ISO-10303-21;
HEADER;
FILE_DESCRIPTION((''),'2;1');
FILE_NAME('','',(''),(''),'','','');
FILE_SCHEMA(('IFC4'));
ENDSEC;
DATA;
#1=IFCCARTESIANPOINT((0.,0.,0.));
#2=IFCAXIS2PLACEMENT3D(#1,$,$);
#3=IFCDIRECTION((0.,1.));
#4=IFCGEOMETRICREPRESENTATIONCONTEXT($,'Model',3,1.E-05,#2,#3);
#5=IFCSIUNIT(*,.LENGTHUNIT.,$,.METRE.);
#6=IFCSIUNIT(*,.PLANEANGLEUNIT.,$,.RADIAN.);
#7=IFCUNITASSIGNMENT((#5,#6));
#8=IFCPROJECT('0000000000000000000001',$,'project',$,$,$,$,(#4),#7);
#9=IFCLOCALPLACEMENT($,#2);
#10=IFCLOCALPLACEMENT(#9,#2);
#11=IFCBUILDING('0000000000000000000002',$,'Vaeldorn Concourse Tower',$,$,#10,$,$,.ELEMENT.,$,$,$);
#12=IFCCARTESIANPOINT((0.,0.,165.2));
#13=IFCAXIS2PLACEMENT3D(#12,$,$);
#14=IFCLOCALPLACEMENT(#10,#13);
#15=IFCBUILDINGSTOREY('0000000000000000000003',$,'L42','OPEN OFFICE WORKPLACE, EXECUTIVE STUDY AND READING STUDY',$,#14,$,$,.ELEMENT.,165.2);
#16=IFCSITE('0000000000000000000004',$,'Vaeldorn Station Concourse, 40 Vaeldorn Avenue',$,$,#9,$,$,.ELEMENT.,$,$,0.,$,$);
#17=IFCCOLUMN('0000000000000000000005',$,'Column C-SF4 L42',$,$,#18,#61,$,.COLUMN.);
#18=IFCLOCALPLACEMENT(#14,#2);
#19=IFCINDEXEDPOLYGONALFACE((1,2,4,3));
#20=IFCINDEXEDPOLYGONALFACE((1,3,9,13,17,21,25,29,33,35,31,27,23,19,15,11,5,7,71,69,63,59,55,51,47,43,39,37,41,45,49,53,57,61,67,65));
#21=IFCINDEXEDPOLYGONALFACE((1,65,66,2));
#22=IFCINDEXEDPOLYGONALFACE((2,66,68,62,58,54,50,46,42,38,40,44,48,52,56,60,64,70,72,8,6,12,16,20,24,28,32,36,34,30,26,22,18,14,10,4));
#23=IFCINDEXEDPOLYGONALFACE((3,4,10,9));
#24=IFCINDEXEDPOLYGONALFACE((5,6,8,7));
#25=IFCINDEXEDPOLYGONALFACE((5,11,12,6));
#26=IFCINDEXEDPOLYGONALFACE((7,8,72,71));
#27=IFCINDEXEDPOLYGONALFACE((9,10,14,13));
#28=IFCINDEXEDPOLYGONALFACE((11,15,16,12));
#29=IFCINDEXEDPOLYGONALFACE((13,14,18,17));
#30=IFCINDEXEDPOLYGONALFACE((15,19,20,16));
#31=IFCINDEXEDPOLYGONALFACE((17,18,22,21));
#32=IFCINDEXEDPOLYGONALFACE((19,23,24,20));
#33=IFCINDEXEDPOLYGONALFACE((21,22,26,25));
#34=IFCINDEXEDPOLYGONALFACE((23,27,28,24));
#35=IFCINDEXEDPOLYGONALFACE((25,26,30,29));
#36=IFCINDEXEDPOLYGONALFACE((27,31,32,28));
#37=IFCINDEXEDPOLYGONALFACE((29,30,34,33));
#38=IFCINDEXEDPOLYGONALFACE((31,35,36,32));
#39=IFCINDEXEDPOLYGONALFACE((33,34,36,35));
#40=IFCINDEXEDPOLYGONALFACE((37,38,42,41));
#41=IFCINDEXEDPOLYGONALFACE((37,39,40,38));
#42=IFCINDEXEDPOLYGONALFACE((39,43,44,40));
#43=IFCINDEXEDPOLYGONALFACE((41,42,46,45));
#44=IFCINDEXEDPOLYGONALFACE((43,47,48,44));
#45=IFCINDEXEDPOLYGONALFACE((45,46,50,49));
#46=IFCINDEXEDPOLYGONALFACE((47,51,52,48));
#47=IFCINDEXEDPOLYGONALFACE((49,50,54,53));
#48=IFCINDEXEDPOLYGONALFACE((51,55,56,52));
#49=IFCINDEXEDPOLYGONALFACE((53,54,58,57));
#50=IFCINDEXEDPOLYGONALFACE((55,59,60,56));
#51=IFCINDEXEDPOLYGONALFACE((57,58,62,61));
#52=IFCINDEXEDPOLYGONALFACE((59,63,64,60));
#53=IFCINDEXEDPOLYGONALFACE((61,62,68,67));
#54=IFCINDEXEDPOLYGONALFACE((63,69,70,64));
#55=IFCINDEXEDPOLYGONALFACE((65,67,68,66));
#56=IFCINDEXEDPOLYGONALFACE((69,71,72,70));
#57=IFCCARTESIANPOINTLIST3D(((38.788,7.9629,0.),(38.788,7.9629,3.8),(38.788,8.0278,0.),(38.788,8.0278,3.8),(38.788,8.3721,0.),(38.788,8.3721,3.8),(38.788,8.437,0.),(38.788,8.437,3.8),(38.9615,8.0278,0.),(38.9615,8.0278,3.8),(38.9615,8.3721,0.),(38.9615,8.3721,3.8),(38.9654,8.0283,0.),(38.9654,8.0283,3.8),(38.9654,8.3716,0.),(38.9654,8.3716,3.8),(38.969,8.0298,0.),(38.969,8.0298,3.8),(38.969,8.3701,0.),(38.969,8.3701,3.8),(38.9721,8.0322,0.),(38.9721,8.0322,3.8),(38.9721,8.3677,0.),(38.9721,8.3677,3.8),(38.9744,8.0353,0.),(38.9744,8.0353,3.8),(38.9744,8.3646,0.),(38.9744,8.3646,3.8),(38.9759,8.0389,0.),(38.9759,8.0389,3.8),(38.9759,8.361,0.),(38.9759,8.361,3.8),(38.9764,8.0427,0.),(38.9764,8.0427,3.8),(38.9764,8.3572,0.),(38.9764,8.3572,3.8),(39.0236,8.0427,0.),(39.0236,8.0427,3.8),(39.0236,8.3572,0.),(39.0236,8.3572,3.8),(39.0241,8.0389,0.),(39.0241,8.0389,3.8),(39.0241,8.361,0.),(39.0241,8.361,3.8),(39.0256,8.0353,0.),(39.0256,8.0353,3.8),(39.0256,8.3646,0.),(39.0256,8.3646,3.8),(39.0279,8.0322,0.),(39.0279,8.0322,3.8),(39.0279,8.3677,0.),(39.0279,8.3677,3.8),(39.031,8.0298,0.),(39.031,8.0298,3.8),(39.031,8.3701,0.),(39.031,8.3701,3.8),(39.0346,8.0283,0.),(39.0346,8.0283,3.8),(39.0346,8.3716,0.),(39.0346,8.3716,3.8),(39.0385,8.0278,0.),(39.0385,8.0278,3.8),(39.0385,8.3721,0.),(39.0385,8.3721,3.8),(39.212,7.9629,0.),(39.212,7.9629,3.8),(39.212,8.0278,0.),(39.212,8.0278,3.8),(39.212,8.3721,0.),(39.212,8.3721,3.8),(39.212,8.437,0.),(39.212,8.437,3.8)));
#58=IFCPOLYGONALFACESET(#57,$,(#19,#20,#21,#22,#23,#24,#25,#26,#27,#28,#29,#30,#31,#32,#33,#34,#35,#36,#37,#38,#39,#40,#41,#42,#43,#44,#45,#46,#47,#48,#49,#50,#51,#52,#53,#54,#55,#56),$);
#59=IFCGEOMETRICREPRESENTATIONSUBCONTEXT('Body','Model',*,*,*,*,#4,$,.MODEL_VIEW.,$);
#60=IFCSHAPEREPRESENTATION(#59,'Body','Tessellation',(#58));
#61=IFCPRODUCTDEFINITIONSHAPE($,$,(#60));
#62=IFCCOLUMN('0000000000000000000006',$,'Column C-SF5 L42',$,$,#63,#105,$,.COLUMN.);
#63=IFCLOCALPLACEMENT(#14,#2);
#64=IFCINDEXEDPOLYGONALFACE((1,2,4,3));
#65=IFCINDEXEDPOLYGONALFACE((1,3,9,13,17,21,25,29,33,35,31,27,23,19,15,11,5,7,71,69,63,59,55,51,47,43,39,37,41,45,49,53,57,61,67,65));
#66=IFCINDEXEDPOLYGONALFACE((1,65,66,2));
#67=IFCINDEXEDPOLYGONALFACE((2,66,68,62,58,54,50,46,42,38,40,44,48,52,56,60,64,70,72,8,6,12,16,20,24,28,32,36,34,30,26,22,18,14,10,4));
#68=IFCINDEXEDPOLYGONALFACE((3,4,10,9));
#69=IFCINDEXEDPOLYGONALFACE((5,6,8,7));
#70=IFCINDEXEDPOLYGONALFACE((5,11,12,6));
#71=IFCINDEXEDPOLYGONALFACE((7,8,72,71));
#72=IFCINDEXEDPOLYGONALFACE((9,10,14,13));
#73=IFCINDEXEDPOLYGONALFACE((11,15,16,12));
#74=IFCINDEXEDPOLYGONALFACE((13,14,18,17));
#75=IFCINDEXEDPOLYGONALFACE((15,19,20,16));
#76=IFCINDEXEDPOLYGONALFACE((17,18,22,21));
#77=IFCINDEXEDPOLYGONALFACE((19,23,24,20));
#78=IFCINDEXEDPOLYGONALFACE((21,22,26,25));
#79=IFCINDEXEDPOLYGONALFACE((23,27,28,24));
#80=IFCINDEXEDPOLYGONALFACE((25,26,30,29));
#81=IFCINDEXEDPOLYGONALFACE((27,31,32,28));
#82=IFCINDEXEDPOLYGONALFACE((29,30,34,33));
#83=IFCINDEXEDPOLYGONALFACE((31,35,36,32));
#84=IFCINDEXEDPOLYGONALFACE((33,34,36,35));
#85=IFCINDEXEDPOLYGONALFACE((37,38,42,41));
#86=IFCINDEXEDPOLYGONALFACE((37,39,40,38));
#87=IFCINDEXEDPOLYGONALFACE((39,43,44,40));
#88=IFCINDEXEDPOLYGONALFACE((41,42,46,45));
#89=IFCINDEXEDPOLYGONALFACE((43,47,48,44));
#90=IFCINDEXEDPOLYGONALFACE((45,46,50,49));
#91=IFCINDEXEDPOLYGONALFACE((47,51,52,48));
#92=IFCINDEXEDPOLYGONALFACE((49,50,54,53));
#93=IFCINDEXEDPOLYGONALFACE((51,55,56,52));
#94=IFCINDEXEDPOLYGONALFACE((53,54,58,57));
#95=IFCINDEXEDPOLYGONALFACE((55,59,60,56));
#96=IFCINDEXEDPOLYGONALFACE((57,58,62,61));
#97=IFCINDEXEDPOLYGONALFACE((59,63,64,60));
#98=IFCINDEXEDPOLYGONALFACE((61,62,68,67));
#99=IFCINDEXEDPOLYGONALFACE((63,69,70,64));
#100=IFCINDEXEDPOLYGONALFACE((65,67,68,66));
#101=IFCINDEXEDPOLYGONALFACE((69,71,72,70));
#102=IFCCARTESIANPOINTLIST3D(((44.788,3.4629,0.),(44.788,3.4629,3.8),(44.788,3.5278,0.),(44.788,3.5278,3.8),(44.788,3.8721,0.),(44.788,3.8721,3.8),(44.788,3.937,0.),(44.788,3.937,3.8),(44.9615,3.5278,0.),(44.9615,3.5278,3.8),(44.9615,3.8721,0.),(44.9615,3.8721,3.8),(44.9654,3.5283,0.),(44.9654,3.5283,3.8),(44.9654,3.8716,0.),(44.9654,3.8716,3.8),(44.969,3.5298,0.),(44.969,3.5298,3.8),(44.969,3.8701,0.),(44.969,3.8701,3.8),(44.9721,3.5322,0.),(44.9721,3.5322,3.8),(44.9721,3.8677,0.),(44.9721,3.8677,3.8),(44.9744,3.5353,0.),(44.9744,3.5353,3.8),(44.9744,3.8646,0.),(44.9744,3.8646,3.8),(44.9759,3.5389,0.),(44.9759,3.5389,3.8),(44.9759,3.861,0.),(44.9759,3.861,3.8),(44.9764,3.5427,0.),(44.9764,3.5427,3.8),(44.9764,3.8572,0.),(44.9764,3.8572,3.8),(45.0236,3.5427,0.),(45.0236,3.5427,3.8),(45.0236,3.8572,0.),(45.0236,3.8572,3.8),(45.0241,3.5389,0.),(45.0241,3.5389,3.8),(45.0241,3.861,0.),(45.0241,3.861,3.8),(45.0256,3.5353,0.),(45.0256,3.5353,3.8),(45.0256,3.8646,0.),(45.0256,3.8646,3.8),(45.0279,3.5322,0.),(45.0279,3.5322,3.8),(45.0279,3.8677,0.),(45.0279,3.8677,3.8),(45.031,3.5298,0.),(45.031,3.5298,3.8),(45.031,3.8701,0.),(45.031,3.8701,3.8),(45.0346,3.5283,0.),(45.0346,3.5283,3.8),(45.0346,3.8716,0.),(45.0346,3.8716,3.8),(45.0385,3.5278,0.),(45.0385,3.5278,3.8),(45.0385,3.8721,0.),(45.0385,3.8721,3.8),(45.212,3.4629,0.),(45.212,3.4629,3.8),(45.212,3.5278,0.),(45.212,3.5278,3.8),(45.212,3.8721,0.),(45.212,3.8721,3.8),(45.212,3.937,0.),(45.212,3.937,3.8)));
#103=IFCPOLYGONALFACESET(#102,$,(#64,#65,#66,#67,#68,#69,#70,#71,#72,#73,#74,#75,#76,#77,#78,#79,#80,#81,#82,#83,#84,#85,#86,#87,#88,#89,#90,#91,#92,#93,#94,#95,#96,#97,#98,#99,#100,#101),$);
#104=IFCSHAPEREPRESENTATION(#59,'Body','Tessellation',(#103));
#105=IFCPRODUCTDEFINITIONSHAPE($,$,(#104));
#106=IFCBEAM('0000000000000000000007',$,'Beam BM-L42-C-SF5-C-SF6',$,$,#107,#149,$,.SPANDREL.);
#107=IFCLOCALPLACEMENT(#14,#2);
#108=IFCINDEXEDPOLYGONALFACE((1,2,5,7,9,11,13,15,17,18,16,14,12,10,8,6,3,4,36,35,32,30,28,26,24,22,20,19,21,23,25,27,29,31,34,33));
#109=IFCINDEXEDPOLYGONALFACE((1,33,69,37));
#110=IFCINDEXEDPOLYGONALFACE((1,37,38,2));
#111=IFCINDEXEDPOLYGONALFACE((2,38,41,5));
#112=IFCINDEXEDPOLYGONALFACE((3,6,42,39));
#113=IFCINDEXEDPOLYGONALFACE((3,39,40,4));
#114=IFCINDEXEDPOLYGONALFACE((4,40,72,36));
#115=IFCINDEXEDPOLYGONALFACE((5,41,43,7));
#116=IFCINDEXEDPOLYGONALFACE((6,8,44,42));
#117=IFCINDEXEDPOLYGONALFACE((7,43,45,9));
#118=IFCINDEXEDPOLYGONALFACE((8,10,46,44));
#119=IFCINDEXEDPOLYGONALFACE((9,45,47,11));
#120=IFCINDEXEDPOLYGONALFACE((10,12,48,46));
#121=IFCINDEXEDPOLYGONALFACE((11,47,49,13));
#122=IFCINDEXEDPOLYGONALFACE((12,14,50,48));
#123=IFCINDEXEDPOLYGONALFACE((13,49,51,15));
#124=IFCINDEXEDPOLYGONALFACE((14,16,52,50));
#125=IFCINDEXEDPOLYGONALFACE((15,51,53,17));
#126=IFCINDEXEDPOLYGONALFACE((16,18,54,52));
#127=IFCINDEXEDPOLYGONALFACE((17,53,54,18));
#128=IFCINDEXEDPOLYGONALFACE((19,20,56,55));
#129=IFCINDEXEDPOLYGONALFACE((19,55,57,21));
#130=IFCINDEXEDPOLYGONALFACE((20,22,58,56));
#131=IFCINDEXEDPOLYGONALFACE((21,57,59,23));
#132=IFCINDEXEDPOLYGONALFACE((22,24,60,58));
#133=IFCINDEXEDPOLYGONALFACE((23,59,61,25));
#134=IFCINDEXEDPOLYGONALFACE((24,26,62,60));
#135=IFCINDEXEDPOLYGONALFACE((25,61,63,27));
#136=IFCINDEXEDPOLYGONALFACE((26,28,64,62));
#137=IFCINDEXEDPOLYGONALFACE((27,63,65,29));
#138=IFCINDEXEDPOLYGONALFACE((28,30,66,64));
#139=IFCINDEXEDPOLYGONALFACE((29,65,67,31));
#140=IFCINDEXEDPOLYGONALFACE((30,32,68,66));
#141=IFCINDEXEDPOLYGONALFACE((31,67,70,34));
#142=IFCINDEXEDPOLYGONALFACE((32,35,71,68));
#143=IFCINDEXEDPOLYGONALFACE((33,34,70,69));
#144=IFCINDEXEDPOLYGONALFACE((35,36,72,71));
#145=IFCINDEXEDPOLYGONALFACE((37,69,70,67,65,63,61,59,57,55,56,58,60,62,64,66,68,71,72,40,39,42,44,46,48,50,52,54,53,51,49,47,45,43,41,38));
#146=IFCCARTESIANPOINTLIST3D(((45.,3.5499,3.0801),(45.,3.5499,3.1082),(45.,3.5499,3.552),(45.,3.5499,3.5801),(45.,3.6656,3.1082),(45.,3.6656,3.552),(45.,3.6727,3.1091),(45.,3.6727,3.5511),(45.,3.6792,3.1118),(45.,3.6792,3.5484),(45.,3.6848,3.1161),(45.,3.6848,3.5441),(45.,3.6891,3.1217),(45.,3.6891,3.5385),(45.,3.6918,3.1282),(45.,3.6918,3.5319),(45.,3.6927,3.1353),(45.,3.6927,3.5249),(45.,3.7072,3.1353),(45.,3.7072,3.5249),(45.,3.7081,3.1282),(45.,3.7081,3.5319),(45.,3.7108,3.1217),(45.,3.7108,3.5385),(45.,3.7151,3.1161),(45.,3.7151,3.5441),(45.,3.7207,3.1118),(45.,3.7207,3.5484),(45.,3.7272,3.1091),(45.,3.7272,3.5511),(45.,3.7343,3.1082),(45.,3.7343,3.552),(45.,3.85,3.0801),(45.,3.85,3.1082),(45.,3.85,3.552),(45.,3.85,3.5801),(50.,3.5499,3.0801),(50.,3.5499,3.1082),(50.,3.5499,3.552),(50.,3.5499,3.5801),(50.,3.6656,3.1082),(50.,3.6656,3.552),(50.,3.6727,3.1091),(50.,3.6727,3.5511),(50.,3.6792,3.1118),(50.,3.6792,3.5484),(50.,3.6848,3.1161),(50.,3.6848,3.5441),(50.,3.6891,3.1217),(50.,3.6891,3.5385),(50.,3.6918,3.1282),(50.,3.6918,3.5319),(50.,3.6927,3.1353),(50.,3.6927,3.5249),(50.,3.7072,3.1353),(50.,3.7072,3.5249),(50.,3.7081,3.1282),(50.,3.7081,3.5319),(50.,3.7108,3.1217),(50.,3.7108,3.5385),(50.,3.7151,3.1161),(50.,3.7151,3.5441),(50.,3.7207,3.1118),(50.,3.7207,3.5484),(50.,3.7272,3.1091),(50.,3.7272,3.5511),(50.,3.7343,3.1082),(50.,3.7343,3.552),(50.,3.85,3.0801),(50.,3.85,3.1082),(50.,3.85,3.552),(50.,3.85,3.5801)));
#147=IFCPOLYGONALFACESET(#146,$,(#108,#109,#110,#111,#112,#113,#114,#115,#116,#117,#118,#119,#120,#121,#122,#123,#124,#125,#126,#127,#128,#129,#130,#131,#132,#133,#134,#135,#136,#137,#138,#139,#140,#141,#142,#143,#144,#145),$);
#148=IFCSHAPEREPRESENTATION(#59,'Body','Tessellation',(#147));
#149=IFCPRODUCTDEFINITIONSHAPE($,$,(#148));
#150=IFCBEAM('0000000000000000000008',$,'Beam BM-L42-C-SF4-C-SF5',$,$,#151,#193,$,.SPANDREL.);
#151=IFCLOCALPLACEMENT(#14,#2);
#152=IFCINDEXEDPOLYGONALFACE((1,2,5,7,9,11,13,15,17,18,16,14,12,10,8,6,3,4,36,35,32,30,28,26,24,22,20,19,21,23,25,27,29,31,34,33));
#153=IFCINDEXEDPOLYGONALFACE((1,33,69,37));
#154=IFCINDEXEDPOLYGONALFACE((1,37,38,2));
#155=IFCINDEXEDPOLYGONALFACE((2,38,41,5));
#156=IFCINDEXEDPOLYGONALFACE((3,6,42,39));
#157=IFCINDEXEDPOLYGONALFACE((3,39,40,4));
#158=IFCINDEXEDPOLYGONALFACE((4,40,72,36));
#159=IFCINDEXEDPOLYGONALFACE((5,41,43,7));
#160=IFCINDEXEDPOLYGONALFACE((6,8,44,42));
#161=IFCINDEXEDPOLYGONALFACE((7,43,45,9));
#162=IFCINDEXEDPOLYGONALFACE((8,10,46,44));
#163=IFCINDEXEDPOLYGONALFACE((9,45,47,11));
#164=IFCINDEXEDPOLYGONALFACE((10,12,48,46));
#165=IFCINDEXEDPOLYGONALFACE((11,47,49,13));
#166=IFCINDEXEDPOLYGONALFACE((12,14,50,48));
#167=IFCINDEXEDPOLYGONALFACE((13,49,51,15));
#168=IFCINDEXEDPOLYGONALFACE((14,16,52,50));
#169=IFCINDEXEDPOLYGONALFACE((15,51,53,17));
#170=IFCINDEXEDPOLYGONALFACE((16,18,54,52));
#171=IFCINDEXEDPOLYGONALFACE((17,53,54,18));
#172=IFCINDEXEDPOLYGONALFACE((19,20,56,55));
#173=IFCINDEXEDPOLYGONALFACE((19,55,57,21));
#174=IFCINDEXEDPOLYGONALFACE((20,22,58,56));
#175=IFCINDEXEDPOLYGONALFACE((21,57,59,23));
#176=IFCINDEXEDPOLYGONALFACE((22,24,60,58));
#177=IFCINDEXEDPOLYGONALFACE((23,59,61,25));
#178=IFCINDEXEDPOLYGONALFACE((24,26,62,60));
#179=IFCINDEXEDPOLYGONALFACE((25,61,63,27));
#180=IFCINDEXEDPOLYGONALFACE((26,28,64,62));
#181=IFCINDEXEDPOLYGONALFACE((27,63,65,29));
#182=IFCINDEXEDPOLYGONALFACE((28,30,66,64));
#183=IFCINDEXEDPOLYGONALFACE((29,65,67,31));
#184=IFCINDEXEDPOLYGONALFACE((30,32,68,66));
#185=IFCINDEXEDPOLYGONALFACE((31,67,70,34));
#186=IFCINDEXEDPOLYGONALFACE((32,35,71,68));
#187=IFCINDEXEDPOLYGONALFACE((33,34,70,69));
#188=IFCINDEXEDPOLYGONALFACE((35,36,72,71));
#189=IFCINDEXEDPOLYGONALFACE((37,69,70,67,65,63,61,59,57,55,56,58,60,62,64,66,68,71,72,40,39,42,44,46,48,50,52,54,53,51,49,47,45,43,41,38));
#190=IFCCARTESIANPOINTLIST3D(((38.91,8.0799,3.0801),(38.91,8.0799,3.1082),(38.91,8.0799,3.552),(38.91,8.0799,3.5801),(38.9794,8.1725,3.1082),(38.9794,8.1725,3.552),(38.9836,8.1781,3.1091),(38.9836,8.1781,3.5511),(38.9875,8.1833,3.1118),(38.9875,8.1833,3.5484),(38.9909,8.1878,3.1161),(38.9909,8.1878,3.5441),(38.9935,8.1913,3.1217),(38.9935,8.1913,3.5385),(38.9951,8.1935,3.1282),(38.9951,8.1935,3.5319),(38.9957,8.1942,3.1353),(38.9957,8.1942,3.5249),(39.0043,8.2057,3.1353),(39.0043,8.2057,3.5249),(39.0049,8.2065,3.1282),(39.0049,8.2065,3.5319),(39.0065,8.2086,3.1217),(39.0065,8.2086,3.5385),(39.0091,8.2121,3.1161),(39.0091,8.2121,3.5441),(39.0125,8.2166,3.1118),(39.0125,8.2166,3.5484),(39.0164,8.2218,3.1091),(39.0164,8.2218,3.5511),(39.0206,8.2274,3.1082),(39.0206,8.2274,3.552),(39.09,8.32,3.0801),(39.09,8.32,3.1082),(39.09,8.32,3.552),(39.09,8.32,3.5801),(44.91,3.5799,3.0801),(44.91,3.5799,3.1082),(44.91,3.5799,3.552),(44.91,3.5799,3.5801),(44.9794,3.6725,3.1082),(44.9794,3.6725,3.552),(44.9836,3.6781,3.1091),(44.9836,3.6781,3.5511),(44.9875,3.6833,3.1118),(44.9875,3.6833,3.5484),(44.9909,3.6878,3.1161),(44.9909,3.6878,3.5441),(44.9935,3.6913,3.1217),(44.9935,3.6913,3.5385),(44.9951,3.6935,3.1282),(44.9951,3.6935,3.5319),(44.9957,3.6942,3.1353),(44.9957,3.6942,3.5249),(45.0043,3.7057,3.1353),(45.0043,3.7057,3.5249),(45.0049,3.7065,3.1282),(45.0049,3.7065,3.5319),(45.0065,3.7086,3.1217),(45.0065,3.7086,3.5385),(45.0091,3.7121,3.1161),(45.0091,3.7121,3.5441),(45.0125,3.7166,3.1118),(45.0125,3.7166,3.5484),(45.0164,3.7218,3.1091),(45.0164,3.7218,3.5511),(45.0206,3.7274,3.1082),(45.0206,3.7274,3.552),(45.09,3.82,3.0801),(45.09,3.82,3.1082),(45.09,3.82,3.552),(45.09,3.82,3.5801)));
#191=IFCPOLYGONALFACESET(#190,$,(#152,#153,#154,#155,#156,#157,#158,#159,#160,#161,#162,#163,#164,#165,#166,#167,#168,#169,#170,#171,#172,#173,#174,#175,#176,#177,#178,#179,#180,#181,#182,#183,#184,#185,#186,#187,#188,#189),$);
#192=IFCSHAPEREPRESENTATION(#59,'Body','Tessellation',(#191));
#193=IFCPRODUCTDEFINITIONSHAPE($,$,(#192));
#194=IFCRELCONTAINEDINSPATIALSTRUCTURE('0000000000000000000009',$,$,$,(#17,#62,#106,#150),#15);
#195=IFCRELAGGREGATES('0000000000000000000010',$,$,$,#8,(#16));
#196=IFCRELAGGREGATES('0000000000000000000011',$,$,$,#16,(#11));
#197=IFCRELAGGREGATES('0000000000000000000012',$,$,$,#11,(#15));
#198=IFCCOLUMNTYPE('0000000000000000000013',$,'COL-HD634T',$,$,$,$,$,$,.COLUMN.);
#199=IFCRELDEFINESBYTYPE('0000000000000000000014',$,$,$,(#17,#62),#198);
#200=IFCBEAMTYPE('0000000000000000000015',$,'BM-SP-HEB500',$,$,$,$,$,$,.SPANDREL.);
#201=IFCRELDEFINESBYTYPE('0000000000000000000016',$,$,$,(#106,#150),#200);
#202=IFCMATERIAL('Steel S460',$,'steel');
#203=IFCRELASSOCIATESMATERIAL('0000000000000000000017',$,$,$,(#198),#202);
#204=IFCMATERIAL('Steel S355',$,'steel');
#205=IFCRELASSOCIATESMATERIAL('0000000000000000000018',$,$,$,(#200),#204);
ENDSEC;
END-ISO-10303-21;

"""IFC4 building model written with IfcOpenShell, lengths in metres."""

from ifc_helpers import new_model, si_unit, direction, frame, origin, origin_2d, place, context, subcontext, project, spatial, i_section, extrude, source, transform, mapped, material, material_profile, profile_set, type_object, element, save


model = new_model("IFC4")

# Units and contexts
model_context = context("Model", 3, precision=1e-05, world=origin(), true_north=direction((0.0, 1.0)))
body_context = subcontext(model_context, "Body", "Model", "MODEL_VIEW")
ifc_project = project(units=[si_unit("LENGTHUNIT", "METRE"), si_unit("PLANEANGLEUNIT", "RADIAN")], contexts=[model_context])

# Site, building, storey
site_placement = place(None, origin())
site = spatial("IfcSite", under=ifc_project, at=site_placement, Name="Vaeldorn Station Concourse, 40 Vaeldorn Avenue", CompositionType="ELEMENT", RefElevation=0.0)
building_placement = place(site_placement, origin())
building = spatial("IfcBuilding", under=site, at=building_placement, Name="Vaeldorn Concourse Tower", CompositionType="ELEMENT")
storey_placement = place(building_placement, frame((0.0, 0.0, 165.2)))
storey = spatial("IfcBuildingStorey", under=building, at=storey_placement, Name="L42", Description="OPEN OFFICE WORKPLACE, EXECUTIVE STUDY AND READING STUDY", CompositionType="ELEMENT", Elevation=165.2)

# Columns
ifc_material_1 = material(Name="Steel S460", Category="steel")
ifc_material_profile_1 = material_profile(ifc_material_1, i_section(OverallWidth=0.4241, OverallDepth=0.4741, WebThickness=0.0471, FlangeThickness=0.0649, FilletRadius=0.0149, at=origin_2d()), Name="HD 400x634")
ifc_profile_set_1 = profile_set([ifc_material_profile_1], Name="Steel S460")
column_type = type_object("IfcColumnType", Name="COL-HD634T", PredefinedType="COLUMN", material=ifc_profile_set_1)
shared_shape_1 = source(origin(), body_context, "Body", "SweptSolid", [
    extrude(i_section(OverallWidth=0.4241, OverallDepth=0.4741, WebThickness=0.0471, FlangeThickness=0.0649, FilletRadius=0.0149, at=origin_2d()), origin(), (0.0, 0.0, 1.0), 3.8),
])
for number, where, z_axis, x_axis, name in (
    (1, (39.0, 8.2, 0.0), (0.0, 0.0, 1.0), (1.0, 0.0, 0.0), "Column C-SF4 L42"),
    (2, (45.0, 3.7, 0.0), (0.0, 0.0, 1.0), (1.0, 0.0, 0.0), "Column C-SF5 L42"),
):
    element("IfcColumn", number, at=place(storey_placement, frame(where, z_axis=z_axis, x_axis=x_axis)), inside=storey, type_object=column_type, Name=name, PredefinedType="COLUMN", context=body_context, shape_type="MappedRepresentation", body=[
        mapped(shared_shape_1, transform((0.0, 0.0, 0.0), scale=1.0)),
    ])

# Beams
ifc_material_2 = material(Name="Steel S355", Category="steel")
ifc_material_profile_2 = material_profile(ifc_material_2, i_section(OverallWidth=0.3, OverallDepth=0.5, WebThickness=0.0144, FlangeThickness=0.0281, FilletRadius=0.0271, at=origin_2d()), Name="HEB 500")
ifc_profile_set_2 = profile_set([ifc_material_profile_2], Name="Steel S355")
beam_type_1 = type_object("IfcBeamType", Name="BM-SP-HEB500", PredefinedType="SPANDREL", material=ifc_profile_set_2)
shared_shape_2 = source(origin(), body_context, "Body", "SweptSolid", [
    extrude(i_section(OverallWidth=0.3, OverallDepth=0.5, WebThickness=0.0144, FlangeThickness=0.0281, FilletRadius=0.0271, at=origin_2d()), origin(), (0.0, 0.0, 1.0), 5.0),
])
beam_1_placement = place(storey_placement, frame((45.0, 3.7, 3.3301), z_axis=(1.0, 0.0, 0.0), x_axis=(0.0, 1.0, 0.0)))
element("IfcBeam", 3, at=beam_1_placement, inside=storey, type_object=beam_type_1, Name="Beam BM-L42-C-SF5-C-SF6", PredefinedType="SPANDREL", context=body_context, shape_type="MappedRepresentation", body=[
    mapped(shared_shape_2, transform((0.0, 0.0, 0.0), scale=1.0)),
])
shared_shape_3 = source(origin(), body_context, "Body", "SweptSolid", [
    extrude(i_section(OverallWidth=0.3, OverallDepth=0.5, WebThickness=0.0144, FlangeThickness=0.0281, FilletRadius=0.0271, at=origin_2d()), origin(), (0.0, 0.0, 1.0), 7.5),
])
beam_2_placement = place(storey_placement, frame((39.0, 8.2, 3.3301), z_axis=(0.8, -0.6, 0.0), x_axis=(0.6, 0.8, 0.0)))
element("IfcBeam", 4, at=beam_2_placement, inside=storey, type_object=beam_type_1, Name="Beam BM-L42-C-SF4-C-SF5", PredefinedType="SPANDREL", context=body_context, shape_type="MappedRepresentation", body=[
    mapped(shared_shape_3, transform((0.0, 0.0, 0.0), scale=1.0)),
])

save(model, "model.ifc")
